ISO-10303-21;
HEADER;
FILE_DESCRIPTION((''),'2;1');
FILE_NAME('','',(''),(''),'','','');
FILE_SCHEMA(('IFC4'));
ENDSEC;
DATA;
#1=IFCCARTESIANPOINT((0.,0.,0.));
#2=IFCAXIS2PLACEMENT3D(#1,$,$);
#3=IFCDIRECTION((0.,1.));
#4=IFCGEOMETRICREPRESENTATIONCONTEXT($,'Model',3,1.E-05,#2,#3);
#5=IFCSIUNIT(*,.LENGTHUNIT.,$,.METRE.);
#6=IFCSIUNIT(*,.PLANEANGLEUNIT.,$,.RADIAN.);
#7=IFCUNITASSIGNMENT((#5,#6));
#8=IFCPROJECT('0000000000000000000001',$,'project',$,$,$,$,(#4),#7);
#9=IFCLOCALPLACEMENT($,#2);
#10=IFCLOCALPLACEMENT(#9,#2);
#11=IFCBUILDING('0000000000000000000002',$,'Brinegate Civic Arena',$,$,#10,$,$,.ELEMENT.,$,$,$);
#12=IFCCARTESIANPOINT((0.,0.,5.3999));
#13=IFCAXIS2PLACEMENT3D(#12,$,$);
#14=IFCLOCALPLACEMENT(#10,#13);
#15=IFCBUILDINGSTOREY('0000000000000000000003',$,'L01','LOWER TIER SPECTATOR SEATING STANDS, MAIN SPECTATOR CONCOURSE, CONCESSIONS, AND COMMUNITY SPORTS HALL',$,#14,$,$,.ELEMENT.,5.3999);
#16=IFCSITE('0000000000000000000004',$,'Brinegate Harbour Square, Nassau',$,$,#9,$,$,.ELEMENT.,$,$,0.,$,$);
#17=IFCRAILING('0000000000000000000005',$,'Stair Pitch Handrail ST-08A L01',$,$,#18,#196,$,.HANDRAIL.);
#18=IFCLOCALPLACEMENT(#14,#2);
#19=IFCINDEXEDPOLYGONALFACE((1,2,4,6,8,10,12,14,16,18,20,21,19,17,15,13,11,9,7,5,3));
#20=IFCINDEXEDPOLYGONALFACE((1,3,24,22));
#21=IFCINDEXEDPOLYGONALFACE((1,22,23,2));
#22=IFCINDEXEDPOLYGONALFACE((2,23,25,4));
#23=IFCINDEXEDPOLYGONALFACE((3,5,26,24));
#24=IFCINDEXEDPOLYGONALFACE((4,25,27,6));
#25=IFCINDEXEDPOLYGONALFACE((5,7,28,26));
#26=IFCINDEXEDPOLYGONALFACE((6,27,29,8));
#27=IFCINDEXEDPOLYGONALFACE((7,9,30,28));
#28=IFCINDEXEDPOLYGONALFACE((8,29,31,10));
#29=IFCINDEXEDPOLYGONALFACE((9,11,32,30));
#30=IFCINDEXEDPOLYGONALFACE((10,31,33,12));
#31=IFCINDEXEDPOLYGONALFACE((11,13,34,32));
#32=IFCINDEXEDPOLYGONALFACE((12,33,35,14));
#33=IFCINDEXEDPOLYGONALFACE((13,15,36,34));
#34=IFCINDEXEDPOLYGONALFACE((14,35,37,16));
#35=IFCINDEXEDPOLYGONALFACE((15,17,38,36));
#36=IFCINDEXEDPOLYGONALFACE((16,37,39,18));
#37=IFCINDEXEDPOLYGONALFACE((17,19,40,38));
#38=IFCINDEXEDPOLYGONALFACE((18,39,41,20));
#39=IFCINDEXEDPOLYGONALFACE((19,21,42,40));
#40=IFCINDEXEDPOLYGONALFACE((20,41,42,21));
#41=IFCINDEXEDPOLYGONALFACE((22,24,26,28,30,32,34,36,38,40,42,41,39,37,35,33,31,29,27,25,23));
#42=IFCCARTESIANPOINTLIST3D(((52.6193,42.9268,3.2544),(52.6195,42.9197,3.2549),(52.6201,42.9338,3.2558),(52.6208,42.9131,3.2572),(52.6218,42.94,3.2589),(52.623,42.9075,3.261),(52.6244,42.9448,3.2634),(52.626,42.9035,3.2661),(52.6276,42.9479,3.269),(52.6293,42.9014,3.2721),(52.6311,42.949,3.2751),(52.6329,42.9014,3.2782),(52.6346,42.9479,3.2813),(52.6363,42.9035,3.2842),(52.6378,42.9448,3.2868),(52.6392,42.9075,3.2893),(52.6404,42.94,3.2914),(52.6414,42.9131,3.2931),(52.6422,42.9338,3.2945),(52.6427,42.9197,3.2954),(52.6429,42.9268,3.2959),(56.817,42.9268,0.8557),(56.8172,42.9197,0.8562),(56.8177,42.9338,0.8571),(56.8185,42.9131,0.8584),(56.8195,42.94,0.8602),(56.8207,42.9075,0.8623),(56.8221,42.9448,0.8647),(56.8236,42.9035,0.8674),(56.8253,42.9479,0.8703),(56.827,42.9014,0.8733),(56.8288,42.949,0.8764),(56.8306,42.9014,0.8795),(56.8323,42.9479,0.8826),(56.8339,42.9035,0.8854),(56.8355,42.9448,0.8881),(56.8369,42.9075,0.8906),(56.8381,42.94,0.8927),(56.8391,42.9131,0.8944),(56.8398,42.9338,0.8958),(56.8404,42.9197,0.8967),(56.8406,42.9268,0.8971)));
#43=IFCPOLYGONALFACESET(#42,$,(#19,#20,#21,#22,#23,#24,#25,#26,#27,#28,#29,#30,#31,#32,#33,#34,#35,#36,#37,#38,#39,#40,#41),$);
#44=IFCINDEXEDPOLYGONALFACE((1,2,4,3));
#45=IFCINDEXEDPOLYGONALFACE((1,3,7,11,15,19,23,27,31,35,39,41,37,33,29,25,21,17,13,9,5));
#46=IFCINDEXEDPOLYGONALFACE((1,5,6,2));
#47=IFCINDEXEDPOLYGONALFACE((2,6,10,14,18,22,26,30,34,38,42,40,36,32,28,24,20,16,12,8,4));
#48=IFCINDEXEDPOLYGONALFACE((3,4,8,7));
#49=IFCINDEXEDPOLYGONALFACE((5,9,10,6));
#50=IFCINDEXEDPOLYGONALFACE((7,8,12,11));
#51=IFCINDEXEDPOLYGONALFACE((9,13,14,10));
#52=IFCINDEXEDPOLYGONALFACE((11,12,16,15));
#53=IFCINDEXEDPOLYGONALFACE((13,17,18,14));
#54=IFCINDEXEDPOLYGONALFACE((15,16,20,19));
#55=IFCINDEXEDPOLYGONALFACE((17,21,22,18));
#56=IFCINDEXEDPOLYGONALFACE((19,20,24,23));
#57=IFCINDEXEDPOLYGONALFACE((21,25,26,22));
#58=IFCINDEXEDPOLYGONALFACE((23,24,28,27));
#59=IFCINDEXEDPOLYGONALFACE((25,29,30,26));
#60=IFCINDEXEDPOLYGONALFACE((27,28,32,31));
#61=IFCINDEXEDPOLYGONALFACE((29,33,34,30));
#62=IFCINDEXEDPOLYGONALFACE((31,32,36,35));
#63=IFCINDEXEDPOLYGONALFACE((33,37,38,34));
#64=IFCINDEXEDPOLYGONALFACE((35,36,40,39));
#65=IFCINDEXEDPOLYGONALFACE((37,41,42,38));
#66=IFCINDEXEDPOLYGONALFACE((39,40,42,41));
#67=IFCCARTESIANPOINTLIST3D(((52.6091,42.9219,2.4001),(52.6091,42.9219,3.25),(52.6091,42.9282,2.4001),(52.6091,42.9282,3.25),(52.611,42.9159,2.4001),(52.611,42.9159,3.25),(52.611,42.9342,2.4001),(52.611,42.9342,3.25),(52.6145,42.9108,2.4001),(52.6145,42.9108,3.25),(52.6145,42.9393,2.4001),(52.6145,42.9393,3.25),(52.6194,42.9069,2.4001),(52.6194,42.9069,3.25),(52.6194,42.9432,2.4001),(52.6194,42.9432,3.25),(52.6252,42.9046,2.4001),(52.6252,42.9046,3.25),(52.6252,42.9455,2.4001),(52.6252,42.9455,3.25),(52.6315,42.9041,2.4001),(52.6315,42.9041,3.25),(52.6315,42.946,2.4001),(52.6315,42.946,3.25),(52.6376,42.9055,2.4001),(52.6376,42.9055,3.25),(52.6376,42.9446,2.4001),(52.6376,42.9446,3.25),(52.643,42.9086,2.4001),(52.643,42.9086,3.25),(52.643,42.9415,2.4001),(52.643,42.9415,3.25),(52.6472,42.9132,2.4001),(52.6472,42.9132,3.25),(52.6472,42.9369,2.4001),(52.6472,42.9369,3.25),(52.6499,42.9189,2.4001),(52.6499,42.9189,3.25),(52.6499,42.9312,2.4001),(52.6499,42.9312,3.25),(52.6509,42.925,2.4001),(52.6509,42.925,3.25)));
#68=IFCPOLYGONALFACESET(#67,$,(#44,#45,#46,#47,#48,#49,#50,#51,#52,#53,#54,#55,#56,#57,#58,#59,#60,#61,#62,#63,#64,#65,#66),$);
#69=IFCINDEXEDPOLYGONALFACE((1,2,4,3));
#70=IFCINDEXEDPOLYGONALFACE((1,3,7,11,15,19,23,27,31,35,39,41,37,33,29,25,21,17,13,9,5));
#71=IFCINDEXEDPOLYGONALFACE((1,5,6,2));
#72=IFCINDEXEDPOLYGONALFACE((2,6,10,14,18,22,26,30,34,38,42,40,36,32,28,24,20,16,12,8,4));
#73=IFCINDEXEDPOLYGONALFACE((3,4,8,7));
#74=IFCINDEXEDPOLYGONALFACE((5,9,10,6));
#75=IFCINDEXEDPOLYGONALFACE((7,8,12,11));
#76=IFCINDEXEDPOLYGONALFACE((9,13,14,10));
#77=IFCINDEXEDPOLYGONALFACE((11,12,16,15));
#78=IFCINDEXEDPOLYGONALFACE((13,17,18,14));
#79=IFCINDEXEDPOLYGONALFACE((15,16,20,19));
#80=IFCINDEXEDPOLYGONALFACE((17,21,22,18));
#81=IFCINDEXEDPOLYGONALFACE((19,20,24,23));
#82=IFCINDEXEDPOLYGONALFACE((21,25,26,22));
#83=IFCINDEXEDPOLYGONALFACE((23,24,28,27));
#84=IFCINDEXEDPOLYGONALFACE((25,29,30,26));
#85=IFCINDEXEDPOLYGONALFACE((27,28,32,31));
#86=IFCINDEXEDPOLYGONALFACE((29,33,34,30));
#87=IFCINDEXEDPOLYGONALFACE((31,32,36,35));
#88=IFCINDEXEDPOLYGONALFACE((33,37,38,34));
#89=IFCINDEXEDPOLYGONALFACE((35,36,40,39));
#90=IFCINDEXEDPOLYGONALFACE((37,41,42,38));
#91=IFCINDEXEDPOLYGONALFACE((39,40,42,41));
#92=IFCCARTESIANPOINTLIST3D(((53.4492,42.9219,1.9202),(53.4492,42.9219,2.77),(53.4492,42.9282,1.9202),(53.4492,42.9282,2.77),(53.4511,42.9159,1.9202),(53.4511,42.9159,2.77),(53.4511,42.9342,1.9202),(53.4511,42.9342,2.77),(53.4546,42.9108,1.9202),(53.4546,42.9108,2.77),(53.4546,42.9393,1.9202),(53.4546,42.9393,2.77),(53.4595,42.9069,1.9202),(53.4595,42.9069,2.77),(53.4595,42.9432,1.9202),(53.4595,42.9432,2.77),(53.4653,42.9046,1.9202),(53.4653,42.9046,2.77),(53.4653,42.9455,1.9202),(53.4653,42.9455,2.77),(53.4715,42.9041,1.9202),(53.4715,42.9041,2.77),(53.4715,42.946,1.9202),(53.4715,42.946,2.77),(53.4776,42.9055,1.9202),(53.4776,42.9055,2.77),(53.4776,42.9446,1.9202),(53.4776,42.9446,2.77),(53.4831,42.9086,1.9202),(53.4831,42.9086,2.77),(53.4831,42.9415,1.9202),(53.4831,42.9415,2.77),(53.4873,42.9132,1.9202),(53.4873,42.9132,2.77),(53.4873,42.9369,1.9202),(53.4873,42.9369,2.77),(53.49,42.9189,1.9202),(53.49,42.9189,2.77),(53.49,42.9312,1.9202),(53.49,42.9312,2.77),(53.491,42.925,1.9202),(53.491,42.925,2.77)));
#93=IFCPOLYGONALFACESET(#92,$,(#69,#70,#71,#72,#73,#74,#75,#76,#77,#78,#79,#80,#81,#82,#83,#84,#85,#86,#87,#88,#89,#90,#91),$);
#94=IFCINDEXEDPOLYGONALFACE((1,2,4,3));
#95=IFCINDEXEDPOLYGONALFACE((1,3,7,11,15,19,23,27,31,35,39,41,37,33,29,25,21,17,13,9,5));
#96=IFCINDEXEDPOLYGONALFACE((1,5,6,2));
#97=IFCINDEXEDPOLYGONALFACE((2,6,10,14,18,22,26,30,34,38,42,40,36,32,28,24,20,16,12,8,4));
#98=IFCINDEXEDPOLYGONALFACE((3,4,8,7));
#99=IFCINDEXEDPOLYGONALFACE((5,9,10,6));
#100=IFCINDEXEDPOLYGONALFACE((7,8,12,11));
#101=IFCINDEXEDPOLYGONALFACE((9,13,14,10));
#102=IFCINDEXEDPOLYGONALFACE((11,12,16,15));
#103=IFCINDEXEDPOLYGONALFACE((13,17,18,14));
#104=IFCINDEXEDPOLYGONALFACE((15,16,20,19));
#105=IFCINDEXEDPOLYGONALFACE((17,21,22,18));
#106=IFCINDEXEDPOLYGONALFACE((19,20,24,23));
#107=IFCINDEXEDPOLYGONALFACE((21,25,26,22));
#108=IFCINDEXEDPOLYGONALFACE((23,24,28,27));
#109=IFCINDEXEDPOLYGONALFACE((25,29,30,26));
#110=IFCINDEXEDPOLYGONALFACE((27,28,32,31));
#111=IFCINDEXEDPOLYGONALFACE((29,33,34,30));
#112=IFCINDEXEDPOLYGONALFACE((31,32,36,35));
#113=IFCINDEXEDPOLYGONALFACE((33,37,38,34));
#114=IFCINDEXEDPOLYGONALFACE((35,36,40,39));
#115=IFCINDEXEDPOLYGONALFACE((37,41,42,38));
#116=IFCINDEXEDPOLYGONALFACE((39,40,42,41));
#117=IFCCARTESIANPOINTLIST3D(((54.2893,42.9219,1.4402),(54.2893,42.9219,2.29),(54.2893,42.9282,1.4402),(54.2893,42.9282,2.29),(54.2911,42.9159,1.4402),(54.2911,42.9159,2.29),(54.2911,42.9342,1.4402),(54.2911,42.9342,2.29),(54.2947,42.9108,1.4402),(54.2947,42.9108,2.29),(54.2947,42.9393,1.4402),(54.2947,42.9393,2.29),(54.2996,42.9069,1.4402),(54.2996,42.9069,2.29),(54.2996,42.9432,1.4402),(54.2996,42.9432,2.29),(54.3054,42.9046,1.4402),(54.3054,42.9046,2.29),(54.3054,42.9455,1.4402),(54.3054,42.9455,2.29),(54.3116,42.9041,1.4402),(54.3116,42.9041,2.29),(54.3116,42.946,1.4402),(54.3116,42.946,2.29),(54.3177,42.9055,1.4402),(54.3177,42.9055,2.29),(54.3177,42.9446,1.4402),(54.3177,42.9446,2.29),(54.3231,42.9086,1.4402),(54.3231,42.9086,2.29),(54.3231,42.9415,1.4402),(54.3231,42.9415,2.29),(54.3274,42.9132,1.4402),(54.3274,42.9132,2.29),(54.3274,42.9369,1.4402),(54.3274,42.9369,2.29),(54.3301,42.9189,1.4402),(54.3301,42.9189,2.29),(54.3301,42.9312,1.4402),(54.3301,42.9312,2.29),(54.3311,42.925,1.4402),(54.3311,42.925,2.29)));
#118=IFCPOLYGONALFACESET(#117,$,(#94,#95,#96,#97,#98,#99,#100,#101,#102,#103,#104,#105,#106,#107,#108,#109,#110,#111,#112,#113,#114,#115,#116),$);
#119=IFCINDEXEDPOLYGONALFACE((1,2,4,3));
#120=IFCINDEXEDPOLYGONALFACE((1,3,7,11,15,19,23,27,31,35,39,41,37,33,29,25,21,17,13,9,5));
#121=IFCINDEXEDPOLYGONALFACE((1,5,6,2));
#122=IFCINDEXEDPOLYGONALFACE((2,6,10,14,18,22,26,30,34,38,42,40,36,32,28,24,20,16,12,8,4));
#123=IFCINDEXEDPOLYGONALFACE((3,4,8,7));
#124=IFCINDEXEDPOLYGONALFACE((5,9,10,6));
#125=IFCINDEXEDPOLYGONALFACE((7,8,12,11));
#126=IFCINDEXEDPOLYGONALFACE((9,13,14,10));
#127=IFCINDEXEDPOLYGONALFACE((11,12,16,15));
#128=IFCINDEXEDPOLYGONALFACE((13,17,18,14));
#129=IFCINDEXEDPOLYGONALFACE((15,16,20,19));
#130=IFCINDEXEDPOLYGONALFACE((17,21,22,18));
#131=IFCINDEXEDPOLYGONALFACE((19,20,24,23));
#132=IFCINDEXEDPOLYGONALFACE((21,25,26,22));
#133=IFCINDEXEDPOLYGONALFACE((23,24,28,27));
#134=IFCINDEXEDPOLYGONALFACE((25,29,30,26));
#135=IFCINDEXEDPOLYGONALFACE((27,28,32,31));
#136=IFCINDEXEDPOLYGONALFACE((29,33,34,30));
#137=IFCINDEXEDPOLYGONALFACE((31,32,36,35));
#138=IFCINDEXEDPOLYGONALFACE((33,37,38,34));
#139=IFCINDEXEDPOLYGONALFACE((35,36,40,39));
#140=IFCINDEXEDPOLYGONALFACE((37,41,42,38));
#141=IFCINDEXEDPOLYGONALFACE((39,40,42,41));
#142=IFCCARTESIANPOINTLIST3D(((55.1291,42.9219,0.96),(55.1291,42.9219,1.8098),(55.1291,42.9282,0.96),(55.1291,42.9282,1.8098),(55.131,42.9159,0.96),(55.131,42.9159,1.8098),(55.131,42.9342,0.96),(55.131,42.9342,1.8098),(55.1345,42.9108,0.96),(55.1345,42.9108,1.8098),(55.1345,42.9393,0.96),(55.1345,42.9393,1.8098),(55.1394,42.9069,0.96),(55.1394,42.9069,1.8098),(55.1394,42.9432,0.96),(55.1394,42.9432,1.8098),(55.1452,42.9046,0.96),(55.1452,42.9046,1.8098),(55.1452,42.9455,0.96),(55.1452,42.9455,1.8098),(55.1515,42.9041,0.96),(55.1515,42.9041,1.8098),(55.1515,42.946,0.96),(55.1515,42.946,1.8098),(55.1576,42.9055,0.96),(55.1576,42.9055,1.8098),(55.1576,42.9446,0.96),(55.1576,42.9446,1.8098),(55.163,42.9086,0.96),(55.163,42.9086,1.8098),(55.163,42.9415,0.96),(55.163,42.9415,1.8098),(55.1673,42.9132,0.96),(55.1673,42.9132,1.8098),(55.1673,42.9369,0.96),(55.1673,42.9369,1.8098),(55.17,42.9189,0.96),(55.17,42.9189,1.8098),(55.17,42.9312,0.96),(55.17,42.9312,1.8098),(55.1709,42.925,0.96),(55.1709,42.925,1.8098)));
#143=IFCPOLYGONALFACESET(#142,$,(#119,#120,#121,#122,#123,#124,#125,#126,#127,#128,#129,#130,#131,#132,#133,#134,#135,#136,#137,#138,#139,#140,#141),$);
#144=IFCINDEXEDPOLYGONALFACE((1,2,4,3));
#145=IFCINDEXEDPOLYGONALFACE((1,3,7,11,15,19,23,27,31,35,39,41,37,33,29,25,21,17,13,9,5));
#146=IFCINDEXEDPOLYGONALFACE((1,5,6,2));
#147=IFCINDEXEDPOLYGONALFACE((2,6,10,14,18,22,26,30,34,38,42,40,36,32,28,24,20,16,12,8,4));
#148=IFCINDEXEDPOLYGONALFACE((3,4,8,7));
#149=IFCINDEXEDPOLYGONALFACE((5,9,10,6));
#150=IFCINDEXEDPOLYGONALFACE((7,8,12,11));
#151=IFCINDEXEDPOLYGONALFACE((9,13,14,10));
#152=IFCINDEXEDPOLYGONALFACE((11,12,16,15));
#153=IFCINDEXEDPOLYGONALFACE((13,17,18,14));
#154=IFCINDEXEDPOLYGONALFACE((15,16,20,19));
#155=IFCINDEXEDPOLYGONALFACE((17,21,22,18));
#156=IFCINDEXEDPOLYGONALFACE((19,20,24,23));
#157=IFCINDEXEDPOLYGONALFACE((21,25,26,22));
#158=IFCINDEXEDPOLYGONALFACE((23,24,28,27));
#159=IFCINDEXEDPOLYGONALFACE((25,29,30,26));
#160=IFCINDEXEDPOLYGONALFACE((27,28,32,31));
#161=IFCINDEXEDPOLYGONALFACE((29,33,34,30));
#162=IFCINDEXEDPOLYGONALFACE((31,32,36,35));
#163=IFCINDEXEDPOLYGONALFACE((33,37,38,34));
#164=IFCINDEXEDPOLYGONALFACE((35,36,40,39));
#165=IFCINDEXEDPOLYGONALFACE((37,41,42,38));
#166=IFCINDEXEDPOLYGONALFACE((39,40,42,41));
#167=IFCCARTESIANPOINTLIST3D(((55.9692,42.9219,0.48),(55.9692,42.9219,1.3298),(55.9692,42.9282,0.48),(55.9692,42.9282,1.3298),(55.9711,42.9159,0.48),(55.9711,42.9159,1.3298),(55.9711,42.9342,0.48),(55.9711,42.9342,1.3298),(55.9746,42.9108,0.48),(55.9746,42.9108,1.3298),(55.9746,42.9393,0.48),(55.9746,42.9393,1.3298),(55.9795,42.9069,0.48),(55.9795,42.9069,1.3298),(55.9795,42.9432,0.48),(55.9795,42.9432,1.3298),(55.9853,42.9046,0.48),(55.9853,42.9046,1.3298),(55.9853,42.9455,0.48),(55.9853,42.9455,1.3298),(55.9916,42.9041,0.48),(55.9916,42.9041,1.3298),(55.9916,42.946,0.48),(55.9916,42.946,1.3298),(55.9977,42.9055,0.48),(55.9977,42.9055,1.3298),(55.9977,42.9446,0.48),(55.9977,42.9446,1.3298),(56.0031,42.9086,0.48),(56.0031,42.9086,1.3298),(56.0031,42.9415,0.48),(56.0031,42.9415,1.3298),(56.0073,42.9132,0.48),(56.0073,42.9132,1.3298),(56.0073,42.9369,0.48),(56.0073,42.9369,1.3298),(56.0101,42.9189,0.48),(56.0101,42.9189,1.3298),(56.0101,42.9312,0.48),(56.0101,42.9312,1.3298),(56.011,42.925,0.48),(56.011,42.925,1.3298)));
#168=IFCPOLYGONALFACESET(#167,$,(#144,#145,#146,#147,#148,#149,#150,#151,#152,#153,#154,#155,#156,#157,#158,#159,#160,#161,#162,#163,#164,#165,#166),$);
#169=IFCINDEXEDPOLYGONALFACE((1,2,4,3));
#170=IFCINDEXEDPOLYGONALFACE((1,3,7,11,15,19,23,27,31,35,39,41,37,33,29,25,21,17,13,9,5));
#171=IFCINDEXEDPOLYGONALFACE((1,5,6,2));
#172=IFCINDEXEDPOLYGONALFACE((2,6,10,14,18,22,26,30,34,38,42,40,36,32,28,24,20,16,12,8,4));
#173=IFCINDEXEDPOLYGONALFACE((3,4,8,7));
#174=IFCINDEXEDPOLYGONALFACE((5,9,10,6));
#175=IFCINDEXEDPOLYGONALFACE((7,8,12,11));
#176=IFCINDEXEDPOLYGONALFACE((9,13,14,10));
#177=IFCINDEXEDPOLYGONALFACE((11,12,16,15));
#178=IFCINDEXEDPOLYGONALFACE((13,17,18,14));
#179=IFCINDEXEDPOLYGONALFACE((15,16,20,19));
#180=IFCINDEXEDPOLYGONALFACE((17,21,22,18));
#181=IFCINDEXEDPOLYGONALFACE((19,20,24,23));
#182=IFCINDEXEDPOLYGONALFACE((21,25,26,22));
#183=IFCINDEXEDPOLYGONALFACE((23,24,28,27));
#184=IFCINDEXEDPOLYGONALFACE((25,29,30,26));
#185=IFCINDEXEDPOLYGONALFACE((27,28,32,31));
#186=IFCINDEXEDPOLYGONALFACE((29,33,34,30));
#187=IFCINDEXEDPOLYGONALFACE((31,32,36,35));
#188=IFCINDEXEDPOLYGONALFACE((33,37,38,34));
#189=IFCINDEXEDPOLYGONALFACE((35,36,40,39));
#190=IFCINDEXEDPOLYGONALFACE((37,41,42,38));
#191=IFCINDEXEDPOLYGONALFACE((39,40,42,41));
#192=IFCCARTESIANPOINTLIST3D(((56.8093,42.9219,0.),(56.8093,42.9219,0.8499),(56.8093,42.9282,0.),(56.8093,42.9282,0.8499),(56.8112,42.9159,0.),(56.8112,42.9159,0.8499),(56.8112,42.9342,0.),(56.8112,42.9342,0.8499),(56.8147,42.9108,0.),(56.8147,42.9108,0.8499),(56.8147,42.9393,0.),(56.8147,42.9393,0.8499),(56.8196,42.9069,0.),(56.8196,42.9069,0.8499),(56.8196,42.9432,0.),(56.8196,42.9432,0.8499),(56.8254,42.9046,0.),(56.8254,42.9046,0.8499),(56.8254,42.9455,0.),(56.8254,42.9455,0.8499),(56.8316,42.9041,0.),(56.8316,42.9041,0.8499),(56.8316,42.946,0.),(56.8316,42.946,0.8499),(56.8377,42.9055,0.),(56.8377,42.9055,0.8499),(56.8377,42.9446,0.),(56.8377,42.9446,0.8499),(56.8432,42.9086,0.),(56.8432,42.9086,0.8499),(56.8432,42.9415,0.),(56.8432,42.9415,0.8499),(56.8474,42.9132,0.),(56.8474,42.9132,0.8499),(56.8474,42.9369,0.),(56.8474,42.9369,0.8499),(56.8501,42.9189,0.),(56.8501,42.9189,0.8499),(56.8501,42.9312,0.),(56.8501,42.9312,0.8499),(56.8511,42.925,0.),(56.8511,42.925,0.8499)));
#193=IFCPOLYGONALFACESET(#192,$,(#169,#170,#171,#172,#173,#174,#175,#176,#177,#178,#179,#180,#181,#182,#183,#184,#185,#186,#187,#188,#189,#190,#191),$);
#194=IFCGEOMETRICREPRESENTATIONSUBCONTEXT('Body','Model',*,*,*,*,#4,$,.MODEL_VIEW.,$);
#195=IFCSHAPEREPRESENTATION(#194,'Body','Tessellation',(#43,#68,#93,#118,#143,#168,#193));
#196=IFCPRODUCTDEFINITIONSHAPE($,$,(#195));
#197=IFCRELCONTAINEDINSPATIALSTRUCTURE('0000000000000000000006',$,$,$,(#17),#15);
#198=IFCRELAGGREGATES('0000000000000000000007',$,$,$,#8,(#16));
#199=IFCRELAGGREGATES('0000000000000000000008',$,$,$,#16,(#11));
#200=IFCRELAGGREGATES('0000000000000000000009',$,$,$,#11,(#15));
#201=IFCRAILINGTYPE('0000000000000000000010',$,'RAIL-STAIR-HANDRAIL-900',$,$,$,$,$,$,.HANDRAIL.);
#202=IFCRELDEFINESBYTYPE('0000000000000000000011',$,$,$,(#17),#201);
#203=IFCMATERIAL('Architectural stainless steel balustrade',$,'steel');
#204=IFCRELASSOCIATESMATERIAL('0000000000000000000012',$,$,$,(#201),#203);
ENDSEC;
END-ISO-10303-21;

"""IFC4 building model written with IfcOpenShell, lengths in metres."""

from ifc_helpers import new_model, si_unit, direction, frame, origin, origin_2d, place, context, subcontext, project, spatial, circle, extrude, material, type_object, element, save


model = new_model("IFC4")

# Units and contexts
model_context = context("Model", 3, precision=1e-05, world=origin(), true_north=direction((0.0, 1.0)))
body_context = subcontext(model_context, "Body", "Model", "MODEL_VIEW")
ifc_project = project(units=[si_unit("LENGTHUNIT", "METRE"), si_unit("PLANEANGLEUNIT", "RADIAN")], contexts=[model_context])

# Site, building, storey
site_placement = place(None, origin())
site = spatial("IfcSite", under=ifc_project, at=site_placement, Name="Brinegate Harbour Square, Nassau", CompositionType="ELEMENT", RefElevation=0.0)
building_placement = place(site_placement, origin())
building = spatial("IfcBuilding", under=site, at=building_placement, Name="Brinegate Civic Arena", CompositionType="ELEMENT")
storey_placement = place(building_placement, frame((0.0, 0.0, 5.3999)))
storey = spatial("IfcBuildingStorey", under=building, at=storey_placement, Name="L01", Description="LOWER TIER SPECTATOR SEATING STANDS, MAIN SPECTATOR CONCOURSE, CONCESSIONS, AND COMMUNITY SPORTS HALL", CompositionType="ELEMENT", Elevation=5.3999)

# Railing
ifc_material_1 = material(Name="Architectural stainless steel balustrade", Category="steel")
railing_type = type_object("IfcRailingType", Name="RAIL-STAIR-HANDRAIL-900", PredefinedType="HANDRAIL", material=ifc_material_1)
railing_placement = place(storey_placement, frame((52.6299, 42.925, 2.4001)))
element("IfcRailing", 1, at=railing_placement, inside=storey, type_object=railing_type, Name="Stair Pitch Handrail ST-08A L01", PredefinedType="HANDRAIL", context=body_context, shape_type="SweptSolid", body=[
    extrude(circle(Radius=0.0239, at=origin_2d()), frame((0.0012, 0.0, 0.875), z_axis=(0.86824, 0.0, -0.496144), x_axis=(0.0, 1.0, 0.0)), (0.0, 0.0, 1.0), 4.8347),
    extrude(circle(Radius=0.021, at=origin_2d()), origin(), (0.0, 0.0, 1.0), 0.8499),
    extrude(circle(Radius=0.021, at=origin_2d()), frame((0.8401, 0.0, -0.48)), (0.0, 0.0, 1.0), 0.8499),
    extrude(circle(Radius=0.021, at=origin_2d()), frame((1.6802, 0.0, -0.96)), (0.0, 0.0, 1.0), 0.8499),
    extrude(circle(Radius=0.021, at=origin_2d()), frame((2.52, 0.0, -1.4402)), (0.0, 0.0, 1.0), 0.8499),
    extrude(circle(Radius=0.021, at=origin_2d()), frame((3.3601, 0.0, -1.9202)), (0.0, 0.0, 1.0), 0.8499),
    extrude(circle(Radius=0.021, at=origin_2d()), frame((4.2002, 0.0, -2.4001)), (0.0, 0.0, 1.0), 0.8499),
])

save(model, "model.ifc")
